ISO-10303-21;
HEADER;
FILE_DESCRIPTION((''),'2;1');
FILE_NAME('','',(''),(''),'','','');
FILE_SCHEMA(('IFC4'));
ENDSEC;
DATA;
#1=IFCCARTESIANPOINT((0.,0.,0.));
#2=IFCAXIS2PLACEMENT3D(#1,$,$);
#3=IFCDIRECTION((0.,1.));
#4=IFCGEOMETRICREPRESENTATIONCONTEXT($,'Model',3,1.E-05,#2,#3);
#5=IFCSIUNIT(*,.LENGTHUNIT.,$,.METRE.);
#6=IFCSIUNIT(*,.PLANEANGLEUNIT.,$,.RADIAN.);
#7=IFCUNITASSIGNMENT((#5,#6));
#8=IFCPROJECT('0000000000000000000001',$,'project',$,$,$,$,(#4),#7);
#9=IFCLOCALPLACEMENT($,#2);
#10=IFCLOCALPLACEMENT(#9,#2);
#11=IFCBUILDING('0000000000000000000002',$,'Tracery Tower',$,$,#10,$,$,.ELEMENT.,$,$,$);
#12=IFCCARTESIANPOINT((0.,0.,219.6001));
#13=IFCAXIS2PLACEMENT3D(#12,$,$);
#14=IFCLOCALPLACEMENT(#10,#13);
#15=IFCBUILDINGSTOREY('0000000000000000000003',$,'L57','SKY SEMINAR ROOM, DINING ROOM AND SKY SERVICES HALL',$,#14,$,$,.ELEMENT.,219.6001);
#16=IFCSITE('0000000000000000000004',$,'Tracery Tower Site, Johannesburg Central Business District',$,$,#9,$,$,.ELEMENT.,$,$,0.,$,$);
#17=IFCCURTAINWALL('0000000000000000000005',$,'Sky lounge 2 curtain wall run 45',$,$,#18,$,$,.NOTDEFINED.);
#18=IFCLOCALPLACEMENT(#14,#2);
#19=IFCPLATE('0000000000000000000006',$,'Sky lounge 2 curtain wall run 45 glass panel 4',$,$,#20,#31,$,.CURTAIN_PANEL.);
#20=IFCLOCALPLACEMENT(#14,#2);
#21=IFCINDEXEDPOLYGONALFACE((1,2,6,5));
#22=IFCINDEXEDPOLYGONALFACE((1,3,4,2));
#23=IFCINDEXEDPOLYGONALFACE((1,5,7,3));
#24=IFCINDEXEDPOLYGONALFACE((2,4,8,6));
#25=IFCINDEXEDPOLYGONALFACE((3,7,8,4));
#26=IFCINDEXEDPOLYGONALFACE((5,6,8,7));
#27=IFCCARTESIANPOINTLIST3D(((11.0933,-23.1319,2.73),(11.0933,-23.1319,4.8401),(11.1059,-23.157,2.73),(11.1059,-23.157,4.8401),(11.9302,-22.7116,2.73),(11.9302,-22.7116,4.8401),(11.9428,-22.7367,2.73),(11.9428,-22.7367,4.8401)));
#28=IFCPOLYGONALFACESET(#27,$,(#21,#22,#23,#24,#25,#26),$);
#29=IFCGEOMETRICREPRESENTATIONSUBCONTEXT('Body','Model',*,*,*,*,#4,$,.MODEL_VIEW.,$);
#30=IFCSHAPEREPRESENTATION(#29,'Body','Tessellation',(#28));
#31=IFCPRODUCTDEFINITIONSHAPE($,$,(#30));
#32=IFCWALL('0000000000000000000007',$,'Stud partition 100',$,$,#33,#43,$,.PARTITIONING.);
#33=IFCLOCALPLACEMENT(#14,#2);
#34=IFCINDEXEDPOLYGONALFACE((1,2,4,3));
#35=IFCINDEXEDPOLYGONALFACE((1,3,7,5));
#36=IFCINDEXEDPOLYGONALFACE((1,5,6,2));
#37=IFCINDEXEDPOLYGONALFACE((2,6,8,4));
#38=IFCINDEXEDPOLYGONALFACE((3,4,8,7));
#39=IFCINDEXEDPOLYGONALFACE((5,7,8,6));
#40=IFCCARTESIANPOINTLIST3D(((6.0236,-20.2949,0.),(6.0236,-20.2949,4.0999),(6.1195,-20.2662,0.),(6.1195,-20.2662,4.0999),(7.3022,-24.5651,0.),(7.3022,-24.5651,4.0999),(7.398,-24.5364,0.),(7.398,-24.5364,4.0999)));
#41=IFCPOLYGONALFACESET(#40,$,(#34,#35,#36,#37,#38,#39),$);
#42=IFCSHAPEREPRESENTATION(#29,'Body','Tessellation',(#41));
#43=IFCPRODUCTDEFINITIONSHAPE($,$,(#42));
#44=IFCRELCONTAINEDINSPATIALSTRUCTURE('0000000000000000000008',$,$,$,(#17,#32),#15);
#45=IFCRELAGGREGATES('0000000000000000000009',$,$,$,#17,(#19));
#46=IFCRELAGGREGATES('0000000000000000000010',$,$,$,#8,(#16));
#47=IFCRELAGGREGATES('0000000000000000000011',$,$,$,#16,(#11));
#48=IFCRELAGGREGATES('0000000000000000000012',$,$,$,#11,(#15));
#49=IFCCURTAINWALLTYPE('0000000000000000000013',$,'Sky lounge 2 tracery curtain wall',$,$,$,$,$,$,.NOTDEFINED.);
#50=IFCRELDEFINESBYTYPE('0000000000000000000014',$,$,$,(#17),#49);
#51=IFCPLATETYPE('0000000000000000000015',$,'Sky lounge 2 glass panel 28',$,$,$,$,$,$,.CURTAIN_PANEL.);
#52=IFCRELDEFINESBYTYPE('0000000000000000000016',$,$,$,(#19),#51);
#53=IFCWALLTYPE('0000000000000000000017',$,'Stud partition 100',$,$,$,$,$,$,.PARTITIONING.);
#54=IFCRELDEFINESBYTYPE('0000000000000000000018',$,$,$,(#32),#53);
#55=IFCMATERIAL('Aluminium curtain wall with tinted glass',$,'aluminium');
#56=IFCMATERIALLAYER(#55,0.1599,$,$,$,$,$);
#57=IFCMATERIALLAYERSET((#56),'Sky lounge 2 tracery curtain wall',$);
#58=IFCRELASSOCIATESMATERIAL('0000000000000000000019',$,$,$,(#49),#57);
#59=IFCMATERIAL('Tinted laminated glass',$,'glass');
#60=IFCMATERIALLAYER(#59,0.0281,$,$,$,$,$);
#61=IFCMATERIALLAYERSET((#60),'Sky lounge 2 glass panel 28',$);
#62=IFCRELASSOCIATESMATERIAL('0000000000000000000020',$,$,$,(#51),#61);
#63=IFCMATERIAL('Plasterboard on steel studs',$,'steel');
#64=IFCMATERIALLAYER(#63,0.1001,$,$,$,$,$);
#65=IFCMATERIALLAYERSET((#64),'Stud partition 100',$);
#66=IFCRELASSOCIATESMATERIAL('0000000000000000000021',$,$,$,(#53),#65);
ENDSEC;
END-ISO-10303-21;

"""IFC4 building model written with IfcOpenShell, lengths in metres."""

from ifc_helpers import new_model, si_unit, direction, frame, frame_2d, origin, origin_2d, place, context, subcontext, project, spatial, rectangle, extrude, material, layer, layer_set, type_object, element, aggregate, save


model = new_model("IFC4")

# Units and contexts
model_context = context("Model", 3, precision=1e-05, world=origin(), true_north=direction((0.0, 1.0)))
body_context = subcontext(model_context, "Body", "Model", "MODEL_VIEW")
ifc_project = project(units=[si_unit("LENGTHUNIT", "METRE"), si_unit("PLANEANGLEUNIT", "RADIAN")], contexts=[model_context])

# Site, building, storey
site_placement = place(None, origin())
site = spatial("IfcSite", under=ifc_project, at=site_placement, Name="Tracery Tower Site, Johannesburg Central Business District", CompositionType="ELEMENT", RefElevation=0.0)
building_placement = place(site_placement, origin())
building = spatial("IfcBuilding", under=site, at=building_placement, Name="Tracery Tower", CompositionType="ELEMENT")
storey_placement = place(building_placement, frame((0.0, 0.0, 219.6001)))
storey = spatial("IfcBuildingStorey", under=building, at=storey_placement, Name="L57", Description="SKY SEMINAR ROOM, DINING ROOM AND SKY SERVICES HALL", CompositionType="ELEMENT", Elevation=219.6001)

# Shared definitions
ifc_material_1 = material(Name="Aluminium curtain wall with tinted glass", Category="aluminium")
ifc_layer_1 = layer(ifc_material_1, 0.1599)
ifc_layer_set_1 = layer_set([ifc_layer_1], Name="Sky lounge 2 tracery curtain wall")
curtain_wall_type = type_object("IfcCurtainWallType", Name="Sky lounge 2 tracery curtain wall", PredefinedType="NOTDEFINED", material=ifc_layer_set_1)

# Curtain wall
curtain_wall_1_placement = place(storey_placement, origin())
curtain_wall_1 = element("IfcCurtainWall", 1, at=curtain_wall_1_placement, inside=storey, type_object=curtain_wall_type, Name="Sky lounge 2 curtain wall run 45", PredefinedType="NOTDEFINED")

# Plate
ifc_material_2 = material(Name="Tinted laminated glass", Category="glass")
ifc_layer_2 = layer(ifc_material_2, 0.0281)
ifc_layer_set_2 = layer_set([ifc_layer_2], Name="Sky lounge 2 glass panel 28")
plate_type = type_object("IfcPlateType", Name="Sky lounge 2 glass panel 28", PredefinedType="CURTAIN_PANEL", material=ifc_layer_set_2)
plate_1_placement = place(storey_placement, frame((11.5181, -22.9343, 2.73), z_axis=(0.0, 0.0, 1.0), x_axis=(0.893633, 0.448799, 0.0)))
plate_1 = element("IfcPlate", 2, at=plate_1_placement, type_object=plate_type, Name="Sky lounge 2 curtain wall run 45 glass panel 4", PredefinedType="CURTAIN_PANEL", context=body_context, shape_type="SweptSolid", body=[
    extrude(rectangle(XDim=0.9365, YDim=0.0281, at=origin_2d()), origin(), (0.0, 0.0, 1.0), 2.1101),
])
aggregate(curtain_wall_1, [plate_1])

# Wall
ifc_material_3 = material(Name="Plasterboard on steel studs", Category="steel")
ifc_layer_3 = layer(ifc_material_3, 0.1001)
ifc_layer_set_3 = layer_set([ifc_layer_3], Name="Stud partition 100")
wall_type = type_object("IfcWallType", Name="Stud partition 100", PredefinedType="PARTITIONING", material=ifc_layer_set_3)
wall_placement = place(storey_placement, frame((7.3501, -24.5508, 0.0), z_axis=(0.0, 0.0, 1.0), x_axis=(-0.28683, 0.957981, 0.0)))
element("IfcWall", 3, at=wall_placement, inside=storey, type_object=wall_type, Name="Stud partition 100", PredefinedType="PARTITIONING", context=body_context, shape_type="SweptSolid", body=[
    extrude(rectangle(XDim=4.4575, YDim=0.1001, at=frame_2d((2.2288, 0.0))), origin(), (0.0, 0.0, 1.0), 4.0999),
])

save(model, "model.ifc")
